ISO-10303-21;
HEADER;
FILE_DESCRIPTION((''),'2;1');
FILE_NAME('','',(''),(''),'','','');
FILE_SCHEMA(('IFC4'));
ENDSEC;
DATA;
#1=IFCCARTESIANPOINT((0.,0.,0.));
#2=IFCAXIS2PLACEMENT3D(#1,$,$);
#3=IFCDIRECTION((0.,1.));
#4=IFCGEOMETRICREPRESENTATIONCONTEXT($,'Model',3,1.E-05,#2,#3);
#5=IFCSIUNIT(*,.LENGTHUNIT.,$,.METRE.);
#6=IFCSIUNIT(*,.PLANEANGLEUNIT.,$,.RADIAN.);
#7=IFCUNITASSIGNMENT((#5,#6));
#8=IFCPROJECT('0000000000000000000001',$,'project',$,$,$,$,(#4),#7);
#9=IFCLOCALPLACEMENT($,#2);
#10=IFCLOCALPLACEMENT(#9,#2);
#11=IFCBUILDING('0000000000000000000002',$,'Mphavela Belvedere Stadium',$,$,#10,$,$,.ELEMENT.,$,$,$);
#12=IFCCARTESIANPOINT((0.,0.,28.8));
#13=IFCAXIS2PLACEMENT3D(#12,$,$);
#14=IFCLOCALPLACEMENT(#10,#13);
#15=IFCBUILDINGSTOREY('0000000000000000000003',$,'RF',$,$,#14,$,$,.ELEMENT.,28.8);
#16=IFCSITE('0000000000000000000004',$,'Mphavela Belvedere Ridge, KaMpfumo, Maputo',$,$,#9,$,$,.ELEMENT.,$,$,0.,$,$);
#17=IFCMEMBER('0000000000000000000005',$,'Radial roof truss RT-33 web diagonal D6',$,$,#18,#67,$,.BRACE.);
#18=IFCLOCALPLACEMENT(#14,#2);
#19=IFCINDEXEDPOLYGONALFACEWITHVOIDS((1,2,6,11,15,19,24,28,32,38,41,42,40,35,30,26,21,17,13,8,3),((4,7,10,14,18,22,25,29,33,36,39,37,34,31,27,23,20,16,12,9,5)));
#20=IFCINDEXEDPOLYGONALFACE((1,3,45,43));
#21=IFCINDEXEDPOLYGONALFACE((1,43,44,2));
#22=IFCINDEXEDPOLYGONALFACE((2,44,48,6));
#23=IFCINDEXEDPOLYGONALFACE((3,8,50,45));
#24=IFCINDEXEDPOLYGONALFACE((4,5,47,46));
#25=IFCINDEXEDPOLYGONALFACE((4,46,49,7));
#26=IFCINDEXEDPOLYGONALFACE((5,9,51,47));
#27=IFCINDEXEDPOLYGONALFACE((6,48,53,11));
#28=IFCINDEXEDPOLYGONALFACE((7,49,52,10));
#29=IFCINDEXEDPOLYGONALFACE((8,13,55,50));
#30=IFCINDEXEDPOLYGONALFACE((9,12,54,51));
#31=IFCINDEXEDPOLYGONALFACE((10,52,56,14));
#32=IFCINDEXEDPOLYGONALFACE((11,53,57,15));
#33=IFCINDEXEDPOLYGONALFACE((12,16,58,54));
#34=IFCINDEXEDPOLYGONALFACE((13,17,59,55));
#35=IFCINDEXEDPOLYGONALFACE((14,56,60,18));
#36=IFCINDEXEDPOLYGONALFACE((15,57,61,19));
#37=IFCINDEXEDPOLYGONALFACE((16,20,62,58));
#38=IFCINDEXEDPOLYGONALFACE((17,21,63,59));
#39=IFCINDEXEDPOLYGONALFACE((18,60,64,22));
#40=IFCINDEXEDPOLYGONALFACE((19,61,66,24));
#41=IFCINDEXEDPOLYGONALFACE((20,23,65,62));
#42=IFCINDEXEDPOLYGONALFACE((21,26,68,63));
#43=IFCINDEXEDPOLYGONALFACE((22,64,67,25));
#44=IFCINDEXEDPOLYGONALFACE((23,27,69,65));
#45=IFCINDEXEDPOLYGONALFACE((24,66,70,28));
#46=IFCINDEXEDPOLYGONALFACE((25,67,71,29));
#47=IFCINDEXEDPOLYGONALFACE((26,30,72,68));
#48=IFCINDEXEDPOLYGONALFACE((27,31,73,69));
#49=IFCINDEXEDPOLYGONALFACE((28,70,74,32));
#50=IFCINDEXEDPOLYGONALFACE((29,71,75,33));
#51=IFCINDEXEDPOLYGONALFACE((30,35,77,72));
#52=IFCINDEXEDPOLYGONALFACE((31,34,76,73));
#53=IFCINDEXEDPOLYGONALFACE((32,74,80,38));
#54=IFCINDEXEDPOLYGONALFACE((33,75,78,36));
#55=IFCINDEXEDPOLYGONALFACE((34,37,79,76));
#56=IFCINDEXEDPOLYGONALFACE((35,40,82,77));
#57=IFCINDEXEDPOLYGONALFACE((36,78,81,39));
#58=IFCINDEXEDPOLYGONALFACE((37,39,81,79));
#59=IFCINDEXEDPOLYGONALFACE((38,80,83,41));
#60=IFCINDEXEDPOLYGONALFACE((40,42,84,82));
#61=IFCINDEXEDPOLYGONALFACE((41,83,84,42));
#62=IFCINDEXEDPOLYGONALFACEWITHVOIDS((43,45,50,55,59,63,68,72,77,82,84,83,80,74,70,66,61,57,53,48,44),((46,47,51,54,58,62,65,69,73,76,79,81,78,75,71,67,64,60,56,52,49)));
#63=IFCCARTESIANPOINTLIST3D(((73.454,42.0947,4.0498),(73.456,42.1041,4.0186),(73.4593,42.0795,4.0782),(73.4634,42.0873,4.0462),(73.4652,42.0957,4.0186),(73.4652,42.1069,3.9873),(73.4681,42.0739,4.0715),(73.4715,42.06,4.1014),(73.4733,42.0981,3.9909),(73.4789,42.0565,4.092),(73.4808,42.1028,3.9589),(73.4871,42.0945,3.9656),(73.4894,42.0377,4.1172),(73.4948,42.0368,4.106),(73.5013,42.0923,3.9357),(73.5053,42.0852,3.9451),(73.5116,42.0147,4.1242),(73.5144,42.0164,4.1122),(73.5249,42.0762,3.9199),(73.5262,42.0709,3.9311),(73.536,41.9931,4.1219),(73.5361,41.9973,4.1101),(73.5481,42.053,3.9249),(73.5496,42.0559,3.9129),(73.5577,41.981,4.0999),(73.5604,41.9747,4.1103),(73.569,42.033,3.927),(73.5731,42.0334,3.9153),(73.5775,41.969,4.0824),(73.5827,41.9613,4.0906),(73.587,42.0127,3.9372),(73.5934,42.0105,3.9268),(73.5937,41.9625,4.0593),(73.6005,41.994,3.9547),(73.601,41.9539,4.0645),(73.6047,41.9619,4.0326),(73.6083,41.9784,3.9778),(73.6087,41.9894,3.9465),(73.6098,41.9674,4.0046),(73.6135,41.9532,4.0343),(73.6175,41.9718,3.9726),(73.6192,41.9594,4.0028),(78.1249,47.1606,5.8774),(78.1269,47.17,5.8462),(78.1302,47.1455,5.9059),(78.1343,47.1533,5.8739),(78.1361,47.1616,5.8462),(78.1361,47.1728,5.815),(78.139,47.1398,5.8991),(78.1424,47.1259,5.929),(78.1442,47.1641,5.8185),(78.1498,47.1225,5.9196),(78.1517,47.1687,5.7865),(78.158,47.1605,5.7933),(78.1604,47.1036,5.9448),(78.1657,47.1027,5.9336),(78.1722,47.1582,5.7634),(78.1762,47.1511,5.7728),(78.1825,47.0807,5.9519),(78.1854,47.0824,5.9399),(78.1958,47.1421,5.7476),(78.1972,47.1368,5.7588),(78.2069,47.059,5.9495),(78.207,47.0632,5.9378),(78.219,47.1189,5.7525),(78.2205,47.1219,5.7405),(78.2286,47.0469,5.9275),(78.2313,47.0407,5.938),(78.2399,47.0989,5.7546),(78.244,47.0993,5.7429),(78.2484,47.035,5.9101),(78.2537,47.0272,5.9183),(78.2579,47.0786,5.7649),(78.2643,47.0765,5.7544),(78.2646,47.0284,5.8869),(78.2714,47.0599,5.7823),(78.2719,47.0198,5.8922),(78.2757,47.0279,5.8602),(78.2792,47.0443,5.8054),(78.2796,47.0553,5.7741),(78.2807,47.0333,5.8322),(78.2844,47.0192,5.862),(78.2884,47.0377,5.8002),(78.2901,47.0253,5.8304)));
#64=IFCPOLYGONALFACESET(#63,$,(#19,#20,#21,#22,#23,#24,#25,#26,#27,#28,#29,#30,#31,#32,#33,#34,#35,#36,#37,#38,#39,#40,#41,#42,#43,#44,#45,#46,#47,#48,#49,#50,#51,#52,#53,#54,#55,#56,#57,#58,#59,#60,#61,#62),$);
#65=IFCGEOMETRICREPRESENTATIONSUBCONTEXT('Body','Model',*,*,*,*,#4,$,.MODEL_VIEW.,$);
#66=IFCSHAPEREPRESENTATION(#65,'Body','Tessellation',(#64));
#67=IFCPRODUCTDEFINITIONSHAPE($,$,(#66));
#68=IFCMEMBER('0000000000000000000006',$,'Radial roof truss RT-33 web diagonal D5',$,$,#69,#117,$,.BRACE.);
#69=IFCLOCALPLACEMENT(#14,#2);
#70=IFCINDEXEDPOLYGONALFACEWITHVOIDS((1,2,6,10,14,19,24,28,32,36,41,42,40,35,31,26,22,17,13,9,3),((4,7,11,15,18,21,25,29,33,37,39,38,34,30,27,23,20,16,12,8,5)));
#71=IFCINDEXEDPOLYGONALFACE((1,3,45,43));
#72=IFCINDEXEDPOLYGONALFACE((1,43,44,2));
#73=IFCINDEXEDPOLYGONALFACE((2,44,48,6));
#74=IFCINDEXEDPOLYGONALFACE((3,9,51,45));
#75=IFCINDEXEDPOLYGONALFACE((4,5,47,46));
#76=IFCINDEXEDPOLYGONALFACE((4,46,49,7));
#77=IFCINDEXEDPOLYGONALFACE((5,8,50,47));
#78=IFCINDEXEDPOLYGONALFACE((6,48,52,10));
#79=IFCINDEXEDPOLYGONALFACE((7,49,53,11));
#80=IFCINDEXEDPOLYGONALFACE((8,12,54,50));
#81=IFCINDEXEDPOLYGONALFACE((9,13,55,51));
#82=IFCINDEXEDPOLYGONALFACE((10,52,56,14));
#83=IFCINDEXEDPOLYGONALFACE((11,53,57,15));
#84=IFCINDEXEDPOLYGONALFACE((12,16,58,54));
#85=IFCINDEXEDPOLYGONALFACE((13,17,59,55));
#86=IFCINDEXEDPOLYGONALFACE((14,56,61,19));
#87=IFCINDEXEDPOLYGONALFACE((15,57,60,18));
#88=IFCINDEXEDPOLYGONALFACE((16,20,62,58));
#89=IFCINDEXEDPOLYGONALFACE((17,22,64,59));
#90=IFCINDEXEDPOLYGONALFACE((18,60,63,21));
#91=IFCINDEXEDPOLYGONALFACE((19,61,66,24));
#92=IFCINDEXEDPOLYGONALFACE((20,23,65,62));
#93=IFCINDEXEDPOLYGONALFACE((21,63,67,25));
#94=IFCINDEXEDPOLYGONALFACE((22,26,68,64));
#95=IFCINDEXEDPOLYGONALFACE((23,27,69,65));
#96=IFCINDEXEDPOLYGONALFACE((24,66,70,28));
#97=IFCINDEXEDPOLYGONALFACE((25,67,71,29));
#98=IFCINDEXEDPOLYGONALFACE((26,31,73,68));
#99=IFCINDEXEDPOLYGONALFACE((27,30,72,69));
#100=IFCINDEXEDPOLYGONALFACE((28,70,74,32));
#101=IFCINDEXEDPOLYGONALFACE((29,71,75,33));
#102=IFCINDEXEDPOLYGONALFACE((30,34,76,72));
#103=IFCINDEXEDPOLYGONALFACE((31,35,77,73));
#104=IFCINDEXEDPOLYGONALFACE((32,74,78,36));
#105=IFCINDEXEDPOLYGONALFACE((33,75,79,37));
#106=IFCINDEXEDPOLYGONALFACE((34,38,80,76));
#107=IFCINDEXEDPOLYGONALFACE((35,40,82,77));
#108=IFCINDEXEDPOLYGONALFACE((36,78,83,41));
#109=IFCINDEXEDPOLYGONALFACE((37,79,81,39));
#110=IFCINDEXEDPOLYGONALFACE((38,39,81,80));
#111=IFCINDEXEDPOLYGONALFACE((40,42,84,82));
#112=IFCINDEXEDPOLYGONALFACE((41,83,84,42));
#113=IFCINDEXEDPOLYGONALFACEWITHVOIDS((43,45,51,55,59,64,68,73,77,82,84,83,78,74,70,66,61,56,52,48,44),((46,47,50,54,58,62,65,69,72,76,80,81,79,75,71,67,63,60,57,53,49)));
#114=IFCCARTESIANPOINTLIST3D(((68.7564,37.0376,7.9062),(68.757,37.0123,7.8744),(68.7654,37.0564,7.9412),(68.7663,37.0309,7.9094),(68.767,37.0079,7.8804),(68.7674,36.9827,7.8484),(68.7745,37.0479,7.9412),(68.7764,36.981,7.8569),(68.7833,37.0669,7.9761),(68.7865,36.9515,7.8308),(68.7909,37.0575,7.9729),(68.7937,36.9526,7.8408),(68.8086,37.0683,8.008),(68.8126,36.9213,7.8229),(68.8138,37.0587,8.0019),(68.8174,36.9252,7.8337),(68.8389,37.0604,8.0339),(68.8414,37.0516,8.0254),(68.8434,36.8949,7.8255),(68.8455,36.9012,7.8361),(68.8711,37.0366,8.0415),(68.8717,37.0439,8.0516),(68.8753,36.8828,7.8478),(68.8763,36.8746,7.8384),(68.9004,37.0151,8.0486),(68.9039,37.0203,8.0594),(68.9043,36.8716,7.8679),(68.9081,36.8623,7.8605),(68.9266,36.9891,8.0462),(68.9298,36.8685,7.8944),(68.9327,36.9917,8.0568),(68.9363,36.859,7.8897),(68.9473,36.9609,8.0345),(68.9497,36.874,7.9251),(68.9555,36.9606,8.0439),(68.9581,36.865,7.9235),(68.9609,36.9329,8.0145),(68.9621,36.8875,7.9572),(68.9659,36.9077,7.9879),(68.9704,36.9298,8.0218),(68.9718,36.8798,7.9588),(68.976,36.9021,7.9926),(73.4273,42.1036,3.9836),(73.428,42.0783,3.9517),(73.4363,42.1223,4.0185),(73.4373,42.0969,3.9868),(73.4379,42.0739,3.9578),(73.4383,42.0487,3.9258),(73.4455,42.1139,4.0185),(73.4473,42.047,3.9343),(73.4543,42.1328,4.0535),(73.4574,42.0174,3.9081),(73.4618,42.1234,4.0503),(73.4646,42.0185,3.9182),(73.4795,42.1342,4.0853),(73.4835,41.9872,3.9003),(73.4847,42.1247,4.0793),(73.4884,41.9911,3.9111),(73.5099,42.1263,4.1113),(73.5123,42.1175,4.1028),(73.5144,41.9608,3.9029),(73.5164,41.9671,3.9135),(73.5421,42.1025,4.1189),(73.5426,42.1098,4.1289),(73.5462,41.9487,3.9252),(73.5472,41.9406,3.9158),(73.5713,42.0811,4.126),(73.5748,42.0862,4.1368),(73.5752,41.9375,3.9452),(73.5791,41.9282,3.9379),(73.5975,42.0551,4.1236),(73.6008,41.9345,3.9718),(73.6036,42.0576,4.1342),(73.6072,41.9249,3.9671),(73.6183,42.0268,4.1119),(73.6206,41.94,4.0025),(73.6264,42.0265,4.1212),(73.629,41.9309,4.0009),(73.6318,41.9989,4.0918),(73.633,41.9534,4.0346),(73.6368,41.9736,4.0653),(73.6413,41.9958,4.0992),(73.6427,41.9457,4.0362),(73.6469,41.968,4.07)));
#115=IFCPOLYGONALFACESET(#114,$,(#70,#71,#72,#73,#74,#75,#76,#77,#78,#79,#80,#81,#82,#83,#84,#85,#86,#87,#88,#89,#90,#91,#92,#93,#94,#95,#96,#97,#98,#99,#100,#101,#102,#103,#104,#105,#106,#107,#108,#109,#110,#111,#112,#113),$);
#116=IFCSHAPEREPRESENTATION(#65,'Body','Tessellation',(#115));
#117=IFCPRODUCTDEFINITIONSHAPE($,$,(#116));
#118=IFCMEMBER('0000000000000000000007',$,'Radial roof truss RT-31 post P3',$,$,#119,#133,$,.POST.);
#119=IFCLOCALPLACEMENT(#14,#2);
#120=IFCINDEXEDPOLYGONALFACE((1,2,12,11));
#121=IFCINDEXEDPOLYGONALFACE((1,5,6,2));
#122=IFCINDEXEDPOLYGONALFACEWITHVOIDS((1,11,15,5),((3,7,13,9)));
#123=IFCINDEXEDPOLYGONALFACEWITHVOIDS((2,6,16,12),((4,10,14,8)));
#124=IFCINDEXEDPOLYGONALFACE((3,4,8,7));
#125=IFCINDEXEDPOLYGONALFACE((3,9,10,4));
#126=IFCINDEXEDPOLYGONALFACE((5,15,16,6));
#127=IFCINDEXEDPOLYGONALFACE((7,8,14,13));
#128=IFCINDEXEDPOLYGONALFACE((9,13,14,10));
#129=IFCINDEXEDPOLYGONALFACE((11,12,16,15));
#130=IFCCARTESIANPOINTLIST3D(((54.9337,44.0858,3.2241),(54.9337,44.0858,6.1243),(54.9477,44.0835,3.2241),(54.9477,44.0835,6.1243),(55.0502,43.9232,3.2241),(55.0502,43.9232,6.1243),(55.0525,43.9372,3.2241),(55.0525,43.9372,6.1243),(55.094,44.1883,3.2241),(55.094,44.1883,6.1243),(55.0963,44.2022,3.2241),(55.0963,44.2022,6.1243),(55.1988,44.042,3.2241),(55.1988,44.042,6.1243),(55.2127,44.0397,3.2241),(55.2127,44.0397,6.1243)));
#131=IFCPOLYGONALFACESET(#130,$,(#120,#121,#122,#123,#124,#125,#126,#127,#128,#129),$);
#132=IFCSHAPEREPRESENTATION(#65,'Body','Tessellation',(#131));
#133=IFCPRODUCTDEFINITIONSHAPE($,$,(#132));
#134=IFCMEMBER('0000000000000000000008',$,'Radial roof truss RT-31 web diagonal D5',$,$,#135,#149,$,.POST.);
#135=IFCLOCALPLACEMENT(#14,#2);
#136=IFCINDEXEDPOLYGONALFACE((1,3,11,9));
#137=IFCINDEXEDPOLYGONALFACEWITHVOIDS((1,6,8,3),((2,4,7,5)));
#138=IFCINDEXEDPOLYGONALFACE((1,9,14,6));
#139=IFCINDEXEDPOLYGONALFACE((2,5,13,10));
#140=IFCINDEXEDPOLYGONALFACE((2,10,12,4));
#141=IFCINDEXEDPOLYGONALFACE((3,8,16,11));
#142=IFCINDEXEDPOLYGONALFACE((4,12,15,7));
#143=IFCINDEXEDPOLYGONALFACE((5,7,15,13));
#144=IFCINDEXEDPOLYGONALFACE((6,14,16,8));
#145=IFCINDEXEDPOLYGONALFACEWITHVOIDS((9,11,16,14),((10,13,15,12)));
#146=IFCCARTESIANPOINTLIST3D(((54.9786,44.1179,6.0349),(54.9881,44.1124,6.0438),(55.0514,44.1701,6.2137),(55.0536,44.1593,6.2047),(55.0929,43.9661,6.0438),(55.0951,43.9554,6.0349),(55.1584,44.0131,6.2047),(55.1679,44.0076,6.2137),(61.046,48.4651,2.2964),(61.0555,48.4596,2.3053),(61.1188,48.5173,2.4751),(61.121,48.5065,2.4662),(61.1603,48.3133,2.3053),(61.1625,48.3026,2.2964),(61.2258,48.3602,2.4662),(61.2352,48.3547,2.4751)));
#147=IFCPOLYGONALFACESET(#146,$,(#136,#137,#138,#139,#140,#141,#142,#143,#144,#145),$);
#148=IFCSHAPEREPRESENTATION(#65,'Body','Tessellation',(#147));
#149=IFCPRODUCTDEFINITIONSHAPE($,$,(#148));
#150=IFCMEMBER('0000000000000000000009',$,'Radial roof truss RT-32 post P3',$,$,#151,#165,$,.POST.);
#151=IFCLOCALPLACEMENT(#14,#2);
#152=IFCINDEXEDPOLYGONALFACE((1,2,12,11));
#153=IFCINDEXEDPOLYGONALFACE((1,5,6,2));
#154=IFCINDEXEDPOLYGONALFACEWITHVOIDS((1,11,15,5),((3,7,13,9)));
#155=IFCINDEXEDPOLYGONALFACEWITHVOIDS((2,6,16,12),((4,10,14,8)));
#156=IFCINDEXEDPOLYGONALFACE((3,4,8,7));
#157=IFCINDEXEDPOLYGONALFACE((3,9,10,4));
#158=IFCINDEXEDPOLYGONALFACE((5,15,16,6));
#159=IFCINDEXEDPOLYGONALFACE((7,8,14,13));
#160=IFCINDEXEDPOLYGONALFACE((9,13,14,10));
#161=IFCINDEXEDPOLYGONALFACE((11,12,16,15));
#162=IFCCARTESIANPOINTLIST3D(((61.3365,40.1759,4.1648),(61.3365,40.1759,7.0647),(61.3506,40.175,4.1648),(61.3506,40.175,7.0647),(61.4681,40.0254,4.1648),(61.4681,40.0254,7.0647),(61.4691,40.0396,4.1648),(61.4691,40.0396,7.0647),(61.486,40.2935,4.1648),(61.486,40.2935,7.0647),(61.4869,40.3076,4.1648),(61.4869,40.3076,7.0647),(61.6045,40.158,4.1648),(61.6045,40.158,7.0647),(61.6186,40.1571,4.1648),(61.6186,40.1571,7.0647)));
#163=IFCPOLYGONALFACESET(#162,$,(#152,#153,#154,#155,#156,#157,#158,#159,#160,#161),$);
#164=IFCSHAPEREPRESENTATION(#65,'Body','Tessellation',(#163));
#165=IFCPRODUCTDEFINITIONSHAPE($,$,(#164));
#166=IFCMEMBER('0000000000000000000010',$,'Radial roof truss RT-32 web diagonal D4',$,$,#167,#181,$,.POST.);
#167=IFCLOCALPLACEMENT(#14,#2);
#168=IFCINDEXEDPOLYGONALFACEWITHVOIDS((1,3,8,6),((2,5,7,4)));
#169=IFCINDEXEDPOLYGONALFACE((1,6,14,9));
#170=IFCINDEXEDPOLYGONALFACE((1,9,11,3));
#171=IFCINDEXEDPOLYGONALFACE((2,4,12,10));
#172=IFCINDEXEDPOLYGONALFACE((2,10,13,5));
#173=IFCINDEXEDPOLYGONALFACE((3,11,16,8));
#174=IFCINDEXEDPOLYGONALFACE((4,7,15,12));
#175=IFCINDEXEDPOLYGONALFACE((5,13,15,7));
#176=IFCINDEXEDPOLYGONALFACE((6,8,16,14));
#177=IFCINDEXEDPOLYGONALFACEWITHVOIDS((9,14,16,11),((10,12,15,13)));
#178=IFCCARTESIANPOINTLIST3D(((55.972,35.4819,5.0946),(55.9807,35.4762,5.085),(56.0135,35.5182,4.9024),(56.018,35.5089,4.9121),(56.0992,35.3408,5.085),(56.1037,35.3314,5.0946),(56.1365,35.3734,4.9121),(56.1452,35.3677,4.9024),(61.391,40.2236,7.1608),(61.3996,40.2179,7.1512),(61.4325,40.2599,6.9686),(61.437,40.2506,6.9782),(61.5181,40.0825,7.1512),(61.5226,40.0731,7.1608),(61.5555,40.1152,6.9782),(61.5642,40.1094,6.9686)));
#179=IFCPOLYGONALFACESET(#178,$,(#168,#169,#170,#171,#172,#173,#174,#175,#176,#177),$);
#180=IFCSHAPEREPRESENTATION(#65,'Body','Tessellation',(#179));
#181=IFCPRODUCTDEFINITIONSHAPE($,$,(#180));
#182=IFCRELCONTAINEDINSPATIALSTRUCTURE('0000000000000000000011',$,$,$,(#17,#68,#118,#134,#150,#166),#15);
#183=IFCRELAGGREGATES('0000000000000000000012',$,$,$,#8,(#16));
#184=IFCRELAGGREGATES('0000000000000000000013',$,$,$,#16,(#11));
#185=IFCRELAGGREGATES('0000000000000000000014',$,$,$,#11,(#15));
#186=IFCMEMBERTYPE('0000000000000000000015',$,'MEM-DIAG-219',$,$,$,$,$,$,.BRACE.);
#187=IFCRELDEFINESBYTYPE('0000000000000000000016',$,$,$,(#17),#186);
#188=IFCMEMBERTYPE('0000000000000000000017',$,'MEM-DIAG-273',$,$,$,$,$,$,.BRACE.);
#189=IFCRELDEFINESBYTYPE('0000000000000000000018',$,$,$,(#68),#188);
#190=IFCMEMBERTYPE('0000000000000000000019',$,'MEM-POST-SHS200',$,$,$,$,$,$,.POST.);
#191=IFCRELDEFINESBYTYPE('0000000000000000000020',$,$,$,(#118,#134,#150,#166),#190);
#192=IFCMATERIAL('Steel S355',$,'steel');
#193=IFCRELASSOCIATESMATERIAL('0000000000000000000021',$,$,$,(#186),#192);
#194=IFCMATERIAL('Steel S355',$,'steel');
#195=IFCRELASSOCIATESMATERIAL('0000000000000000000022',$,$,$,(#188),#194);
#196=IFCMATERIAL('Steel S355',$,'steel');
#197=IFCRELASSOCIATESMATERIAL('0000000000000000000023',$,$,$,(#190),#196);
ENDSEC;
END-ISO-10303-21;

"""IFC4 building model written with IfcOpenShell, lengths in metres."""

from ifc_helpers import new_model, si_unit, direction, frame, origin, origin_2d, place, context, subcontext, project, spatial, hollow_rectangle, hollow_circle, extrude, material, material_profile, profile_set, type_object, element, save


model = new_model("IFC4")

# Units and contexts
model_context = context("Model", 3, precision=1e-05, world=origin(), true_north=direction((0.0, 1.0)))
body_context = subcontext(model_context, "Body", "Model", "MODEL_VIEW")
ifc_project = project(units=[si_unit("LENGTHUNIT", "METRE"), si_unit("PLANEANGLEUNIT", "RADIAN")], contexts=[model_context])

# Site, building, storey
site_placement = place(None, origin())
site = spatial("IfcSite", under=ifc_project, at=site_placement, Name="Mphavela Belvedere Ridge, KaMpfumo, Maputo", CompositionType="ELEMENT", RefElevation=0.0)
building_placement = place(site_placement, origin())
building = spatial("IfcBuilding", under=site, at=building_placement, Name="Mphavela Belvedere Stadium", CompositionType="ELEMENT")
storey_placement = place(building_placement, frame((0.0, 0.0, 28.8)))
storey = spatial("IfcBuildingStorey", under=building, at=storey_placement, Name="RF", CompositionType="ELEMENT", Elevation=28.8)

# Members
ifc_material_1 = material(Name="Steel S355", Category="steel")
ifc_material_profile_1 = material_profile(ifc_material_1, hollow_circle(Radius=0.1096, WallThickness=0.0125, at=origin_2d()), Name="CHS 219.1x12.5")
ifc_profile_set_1 = profile_set([ifc_material_profile_1], Name="Steel S355")
member_type_1 = type_object("IfcMemberType", Name="MEM-DIAG-219", PredefinedType="BRACE", material=ifc_profile_set_1)
member_1_placement = place(storey_placement, frame((73.5366, 42.0298, 4.0186), z_axis=(0.655207, 0.710618, 0.25637), x_axis=(-0.735189, 0.677862, 0.0)))
element("IfcMember", 1, at=member_1_placement, inside=storey, type_object=member_type_1, Name="Radial roof truss RT-33 web diagonal D6", PredefinedType="BRACE", context=body_context, shape_type="SweptSolid", body=[
    extrude(hollow_circle(Radius=0.1096, WallThickness=0.0125, at=origin_2d()), origin(), (0.0, 0.0, 1.0), 7.1289),
])
ifc_material_2 = material(Name="Steel S355", Category="steel")
ifc_material_profile_2 = material_profile(ifc_material_2, hollow_circle(Radius=0.1365, WallThickness=0.0125, at=origin_2d()), Name="CHS 273x12.5")
ifc_profile_set_2 = profile_set([ifc_material_profile_2], Name="Steel S355")
member_type_2 = type_object("IfcMemberType", Name="MEM-DIAG-273", PredefinedType="BRACE", material=ifc_profile_set_2)
member_2_placement = place(storey_placement, frame((68.8657, 36.9639, 7.9412), z_axis=(0.589097, 0.638917, -0.494722), x_axis=(-0.735189, 0.677862, 0.0)))
element("IfcMember", 2, at=member_2_placement, inside=storey, type_object=member_type_2, Name="Radial roof truss RT-33 web diagonal D5", PredefinedType="BRACE", context=body_context, shape_type="SweptSolid", body=[
    extrude(hollow_circle(Radius=0.1365, WallThickness=0.0125, at=origin_2d()), origin(), (0.0, 0.0, 1.0), 7.929),
])
ifc_material_3 = material(Name="Steel S355", Category="steel")
ifc_material_profile_3 = material_profile(ifc_material_3, hollow_rectangle(XDim=0.2, YDim=0.2, WallThickness=0.01, at=origin_2d()), Name="SHS 200x200x10")
ifc_profile_set_3 = profile_set([ifc_material_profile_3], Name="Steel S355")
member_type_3 = type_object("IfcMemberType", Name="MEM-POST-SHS200", PredefinedType="POST", material=ifc_profile_set_3)
member_3_placement = place(storey_placement, frame((55.0732, 44.0627, 3.2241), z_axis=(0.0, 0.0, 1.0), x_axis=(-0.812898, -0.582407, 0.0)))
element("IfcMember", 3, at=member_3_placement, inside=storey, type_object=member_type_3, Name="Radial roof truss RT-31 post P3", PredefinedType="POST", context=body_context, shape_type="SweptSolid", body=[
    extrude(hollow_rectangle(XDim=0.2, YDim=0.2, WallThickness=0.01, at=origin_2d()), origin(), (0.0, 0.0, 1.0), 2.9001),
])
member_4_placement = place(storey_placement, frame((55.0732, 44.0627, 6.1243), z_axis=(0.726815, 0.520749, -0.44784), x_axis=(-0.58242, 0.812888, 0.0)))
element("IfcMember", 4, at=member_4_placement, inside=storey, type_object=member_type_3, Name="Radial roof truss RT-31 web diagonal D5", PredefinedType="POST", context=body_context, shape_type="SweptSolid", body=[
    extrude(hollow_rectangle(XDim=0.2, YDim=0.2, WallThickness=0.01, at=origin_2d()), origin(), (0.0, 0.0, 1.0), 8.3479),
])
member_5_placement = place(storey_placement, frame((61.4775, 40.1665, 4.1648), z_axis=(0.0, 0.0, 1.0), x_axis=(-0.75253, -0.658558, 0.0)))
element("IfcMember", 5, at=member_5_placement, inside=storey, type_object=member_type_3, Name="Radial roof truss RT-32 post P3", PredefinedType="POST", context=body_context, shape_type="SweptSolid", body=[
    extrude(hollow_rectangle(XDim=0.2, YDim=0.2, WallThickness=0.01, at=origin_2d()), origin(), (0.0, 0.0, 1.0), 2.8999),
])
member_6_placement = place(storey_placement, frame((56.0586, 35.4248, 4.9985), z_axis=(0.723377, 0.632971, 0.275813), x_axis=(-0.658514, 0.752568, 0.0)))
element("IfcMember", 6, at=member_6_placement, inside=storey, type_object=member_type_3, Name="Radial roof truss RT-32 web diagonal D4", PredefinedType="POST", context=body_context, shape_type="SweptSolid", body=[
    extrude(hollow_rectangle(XDim=0.2, YDim=0.2, WallThickness=0.01, at=origin_2d()), origin(), (0.0, 0.0, 1.0), 7.4912),
])

save(model, "model.ifc")
